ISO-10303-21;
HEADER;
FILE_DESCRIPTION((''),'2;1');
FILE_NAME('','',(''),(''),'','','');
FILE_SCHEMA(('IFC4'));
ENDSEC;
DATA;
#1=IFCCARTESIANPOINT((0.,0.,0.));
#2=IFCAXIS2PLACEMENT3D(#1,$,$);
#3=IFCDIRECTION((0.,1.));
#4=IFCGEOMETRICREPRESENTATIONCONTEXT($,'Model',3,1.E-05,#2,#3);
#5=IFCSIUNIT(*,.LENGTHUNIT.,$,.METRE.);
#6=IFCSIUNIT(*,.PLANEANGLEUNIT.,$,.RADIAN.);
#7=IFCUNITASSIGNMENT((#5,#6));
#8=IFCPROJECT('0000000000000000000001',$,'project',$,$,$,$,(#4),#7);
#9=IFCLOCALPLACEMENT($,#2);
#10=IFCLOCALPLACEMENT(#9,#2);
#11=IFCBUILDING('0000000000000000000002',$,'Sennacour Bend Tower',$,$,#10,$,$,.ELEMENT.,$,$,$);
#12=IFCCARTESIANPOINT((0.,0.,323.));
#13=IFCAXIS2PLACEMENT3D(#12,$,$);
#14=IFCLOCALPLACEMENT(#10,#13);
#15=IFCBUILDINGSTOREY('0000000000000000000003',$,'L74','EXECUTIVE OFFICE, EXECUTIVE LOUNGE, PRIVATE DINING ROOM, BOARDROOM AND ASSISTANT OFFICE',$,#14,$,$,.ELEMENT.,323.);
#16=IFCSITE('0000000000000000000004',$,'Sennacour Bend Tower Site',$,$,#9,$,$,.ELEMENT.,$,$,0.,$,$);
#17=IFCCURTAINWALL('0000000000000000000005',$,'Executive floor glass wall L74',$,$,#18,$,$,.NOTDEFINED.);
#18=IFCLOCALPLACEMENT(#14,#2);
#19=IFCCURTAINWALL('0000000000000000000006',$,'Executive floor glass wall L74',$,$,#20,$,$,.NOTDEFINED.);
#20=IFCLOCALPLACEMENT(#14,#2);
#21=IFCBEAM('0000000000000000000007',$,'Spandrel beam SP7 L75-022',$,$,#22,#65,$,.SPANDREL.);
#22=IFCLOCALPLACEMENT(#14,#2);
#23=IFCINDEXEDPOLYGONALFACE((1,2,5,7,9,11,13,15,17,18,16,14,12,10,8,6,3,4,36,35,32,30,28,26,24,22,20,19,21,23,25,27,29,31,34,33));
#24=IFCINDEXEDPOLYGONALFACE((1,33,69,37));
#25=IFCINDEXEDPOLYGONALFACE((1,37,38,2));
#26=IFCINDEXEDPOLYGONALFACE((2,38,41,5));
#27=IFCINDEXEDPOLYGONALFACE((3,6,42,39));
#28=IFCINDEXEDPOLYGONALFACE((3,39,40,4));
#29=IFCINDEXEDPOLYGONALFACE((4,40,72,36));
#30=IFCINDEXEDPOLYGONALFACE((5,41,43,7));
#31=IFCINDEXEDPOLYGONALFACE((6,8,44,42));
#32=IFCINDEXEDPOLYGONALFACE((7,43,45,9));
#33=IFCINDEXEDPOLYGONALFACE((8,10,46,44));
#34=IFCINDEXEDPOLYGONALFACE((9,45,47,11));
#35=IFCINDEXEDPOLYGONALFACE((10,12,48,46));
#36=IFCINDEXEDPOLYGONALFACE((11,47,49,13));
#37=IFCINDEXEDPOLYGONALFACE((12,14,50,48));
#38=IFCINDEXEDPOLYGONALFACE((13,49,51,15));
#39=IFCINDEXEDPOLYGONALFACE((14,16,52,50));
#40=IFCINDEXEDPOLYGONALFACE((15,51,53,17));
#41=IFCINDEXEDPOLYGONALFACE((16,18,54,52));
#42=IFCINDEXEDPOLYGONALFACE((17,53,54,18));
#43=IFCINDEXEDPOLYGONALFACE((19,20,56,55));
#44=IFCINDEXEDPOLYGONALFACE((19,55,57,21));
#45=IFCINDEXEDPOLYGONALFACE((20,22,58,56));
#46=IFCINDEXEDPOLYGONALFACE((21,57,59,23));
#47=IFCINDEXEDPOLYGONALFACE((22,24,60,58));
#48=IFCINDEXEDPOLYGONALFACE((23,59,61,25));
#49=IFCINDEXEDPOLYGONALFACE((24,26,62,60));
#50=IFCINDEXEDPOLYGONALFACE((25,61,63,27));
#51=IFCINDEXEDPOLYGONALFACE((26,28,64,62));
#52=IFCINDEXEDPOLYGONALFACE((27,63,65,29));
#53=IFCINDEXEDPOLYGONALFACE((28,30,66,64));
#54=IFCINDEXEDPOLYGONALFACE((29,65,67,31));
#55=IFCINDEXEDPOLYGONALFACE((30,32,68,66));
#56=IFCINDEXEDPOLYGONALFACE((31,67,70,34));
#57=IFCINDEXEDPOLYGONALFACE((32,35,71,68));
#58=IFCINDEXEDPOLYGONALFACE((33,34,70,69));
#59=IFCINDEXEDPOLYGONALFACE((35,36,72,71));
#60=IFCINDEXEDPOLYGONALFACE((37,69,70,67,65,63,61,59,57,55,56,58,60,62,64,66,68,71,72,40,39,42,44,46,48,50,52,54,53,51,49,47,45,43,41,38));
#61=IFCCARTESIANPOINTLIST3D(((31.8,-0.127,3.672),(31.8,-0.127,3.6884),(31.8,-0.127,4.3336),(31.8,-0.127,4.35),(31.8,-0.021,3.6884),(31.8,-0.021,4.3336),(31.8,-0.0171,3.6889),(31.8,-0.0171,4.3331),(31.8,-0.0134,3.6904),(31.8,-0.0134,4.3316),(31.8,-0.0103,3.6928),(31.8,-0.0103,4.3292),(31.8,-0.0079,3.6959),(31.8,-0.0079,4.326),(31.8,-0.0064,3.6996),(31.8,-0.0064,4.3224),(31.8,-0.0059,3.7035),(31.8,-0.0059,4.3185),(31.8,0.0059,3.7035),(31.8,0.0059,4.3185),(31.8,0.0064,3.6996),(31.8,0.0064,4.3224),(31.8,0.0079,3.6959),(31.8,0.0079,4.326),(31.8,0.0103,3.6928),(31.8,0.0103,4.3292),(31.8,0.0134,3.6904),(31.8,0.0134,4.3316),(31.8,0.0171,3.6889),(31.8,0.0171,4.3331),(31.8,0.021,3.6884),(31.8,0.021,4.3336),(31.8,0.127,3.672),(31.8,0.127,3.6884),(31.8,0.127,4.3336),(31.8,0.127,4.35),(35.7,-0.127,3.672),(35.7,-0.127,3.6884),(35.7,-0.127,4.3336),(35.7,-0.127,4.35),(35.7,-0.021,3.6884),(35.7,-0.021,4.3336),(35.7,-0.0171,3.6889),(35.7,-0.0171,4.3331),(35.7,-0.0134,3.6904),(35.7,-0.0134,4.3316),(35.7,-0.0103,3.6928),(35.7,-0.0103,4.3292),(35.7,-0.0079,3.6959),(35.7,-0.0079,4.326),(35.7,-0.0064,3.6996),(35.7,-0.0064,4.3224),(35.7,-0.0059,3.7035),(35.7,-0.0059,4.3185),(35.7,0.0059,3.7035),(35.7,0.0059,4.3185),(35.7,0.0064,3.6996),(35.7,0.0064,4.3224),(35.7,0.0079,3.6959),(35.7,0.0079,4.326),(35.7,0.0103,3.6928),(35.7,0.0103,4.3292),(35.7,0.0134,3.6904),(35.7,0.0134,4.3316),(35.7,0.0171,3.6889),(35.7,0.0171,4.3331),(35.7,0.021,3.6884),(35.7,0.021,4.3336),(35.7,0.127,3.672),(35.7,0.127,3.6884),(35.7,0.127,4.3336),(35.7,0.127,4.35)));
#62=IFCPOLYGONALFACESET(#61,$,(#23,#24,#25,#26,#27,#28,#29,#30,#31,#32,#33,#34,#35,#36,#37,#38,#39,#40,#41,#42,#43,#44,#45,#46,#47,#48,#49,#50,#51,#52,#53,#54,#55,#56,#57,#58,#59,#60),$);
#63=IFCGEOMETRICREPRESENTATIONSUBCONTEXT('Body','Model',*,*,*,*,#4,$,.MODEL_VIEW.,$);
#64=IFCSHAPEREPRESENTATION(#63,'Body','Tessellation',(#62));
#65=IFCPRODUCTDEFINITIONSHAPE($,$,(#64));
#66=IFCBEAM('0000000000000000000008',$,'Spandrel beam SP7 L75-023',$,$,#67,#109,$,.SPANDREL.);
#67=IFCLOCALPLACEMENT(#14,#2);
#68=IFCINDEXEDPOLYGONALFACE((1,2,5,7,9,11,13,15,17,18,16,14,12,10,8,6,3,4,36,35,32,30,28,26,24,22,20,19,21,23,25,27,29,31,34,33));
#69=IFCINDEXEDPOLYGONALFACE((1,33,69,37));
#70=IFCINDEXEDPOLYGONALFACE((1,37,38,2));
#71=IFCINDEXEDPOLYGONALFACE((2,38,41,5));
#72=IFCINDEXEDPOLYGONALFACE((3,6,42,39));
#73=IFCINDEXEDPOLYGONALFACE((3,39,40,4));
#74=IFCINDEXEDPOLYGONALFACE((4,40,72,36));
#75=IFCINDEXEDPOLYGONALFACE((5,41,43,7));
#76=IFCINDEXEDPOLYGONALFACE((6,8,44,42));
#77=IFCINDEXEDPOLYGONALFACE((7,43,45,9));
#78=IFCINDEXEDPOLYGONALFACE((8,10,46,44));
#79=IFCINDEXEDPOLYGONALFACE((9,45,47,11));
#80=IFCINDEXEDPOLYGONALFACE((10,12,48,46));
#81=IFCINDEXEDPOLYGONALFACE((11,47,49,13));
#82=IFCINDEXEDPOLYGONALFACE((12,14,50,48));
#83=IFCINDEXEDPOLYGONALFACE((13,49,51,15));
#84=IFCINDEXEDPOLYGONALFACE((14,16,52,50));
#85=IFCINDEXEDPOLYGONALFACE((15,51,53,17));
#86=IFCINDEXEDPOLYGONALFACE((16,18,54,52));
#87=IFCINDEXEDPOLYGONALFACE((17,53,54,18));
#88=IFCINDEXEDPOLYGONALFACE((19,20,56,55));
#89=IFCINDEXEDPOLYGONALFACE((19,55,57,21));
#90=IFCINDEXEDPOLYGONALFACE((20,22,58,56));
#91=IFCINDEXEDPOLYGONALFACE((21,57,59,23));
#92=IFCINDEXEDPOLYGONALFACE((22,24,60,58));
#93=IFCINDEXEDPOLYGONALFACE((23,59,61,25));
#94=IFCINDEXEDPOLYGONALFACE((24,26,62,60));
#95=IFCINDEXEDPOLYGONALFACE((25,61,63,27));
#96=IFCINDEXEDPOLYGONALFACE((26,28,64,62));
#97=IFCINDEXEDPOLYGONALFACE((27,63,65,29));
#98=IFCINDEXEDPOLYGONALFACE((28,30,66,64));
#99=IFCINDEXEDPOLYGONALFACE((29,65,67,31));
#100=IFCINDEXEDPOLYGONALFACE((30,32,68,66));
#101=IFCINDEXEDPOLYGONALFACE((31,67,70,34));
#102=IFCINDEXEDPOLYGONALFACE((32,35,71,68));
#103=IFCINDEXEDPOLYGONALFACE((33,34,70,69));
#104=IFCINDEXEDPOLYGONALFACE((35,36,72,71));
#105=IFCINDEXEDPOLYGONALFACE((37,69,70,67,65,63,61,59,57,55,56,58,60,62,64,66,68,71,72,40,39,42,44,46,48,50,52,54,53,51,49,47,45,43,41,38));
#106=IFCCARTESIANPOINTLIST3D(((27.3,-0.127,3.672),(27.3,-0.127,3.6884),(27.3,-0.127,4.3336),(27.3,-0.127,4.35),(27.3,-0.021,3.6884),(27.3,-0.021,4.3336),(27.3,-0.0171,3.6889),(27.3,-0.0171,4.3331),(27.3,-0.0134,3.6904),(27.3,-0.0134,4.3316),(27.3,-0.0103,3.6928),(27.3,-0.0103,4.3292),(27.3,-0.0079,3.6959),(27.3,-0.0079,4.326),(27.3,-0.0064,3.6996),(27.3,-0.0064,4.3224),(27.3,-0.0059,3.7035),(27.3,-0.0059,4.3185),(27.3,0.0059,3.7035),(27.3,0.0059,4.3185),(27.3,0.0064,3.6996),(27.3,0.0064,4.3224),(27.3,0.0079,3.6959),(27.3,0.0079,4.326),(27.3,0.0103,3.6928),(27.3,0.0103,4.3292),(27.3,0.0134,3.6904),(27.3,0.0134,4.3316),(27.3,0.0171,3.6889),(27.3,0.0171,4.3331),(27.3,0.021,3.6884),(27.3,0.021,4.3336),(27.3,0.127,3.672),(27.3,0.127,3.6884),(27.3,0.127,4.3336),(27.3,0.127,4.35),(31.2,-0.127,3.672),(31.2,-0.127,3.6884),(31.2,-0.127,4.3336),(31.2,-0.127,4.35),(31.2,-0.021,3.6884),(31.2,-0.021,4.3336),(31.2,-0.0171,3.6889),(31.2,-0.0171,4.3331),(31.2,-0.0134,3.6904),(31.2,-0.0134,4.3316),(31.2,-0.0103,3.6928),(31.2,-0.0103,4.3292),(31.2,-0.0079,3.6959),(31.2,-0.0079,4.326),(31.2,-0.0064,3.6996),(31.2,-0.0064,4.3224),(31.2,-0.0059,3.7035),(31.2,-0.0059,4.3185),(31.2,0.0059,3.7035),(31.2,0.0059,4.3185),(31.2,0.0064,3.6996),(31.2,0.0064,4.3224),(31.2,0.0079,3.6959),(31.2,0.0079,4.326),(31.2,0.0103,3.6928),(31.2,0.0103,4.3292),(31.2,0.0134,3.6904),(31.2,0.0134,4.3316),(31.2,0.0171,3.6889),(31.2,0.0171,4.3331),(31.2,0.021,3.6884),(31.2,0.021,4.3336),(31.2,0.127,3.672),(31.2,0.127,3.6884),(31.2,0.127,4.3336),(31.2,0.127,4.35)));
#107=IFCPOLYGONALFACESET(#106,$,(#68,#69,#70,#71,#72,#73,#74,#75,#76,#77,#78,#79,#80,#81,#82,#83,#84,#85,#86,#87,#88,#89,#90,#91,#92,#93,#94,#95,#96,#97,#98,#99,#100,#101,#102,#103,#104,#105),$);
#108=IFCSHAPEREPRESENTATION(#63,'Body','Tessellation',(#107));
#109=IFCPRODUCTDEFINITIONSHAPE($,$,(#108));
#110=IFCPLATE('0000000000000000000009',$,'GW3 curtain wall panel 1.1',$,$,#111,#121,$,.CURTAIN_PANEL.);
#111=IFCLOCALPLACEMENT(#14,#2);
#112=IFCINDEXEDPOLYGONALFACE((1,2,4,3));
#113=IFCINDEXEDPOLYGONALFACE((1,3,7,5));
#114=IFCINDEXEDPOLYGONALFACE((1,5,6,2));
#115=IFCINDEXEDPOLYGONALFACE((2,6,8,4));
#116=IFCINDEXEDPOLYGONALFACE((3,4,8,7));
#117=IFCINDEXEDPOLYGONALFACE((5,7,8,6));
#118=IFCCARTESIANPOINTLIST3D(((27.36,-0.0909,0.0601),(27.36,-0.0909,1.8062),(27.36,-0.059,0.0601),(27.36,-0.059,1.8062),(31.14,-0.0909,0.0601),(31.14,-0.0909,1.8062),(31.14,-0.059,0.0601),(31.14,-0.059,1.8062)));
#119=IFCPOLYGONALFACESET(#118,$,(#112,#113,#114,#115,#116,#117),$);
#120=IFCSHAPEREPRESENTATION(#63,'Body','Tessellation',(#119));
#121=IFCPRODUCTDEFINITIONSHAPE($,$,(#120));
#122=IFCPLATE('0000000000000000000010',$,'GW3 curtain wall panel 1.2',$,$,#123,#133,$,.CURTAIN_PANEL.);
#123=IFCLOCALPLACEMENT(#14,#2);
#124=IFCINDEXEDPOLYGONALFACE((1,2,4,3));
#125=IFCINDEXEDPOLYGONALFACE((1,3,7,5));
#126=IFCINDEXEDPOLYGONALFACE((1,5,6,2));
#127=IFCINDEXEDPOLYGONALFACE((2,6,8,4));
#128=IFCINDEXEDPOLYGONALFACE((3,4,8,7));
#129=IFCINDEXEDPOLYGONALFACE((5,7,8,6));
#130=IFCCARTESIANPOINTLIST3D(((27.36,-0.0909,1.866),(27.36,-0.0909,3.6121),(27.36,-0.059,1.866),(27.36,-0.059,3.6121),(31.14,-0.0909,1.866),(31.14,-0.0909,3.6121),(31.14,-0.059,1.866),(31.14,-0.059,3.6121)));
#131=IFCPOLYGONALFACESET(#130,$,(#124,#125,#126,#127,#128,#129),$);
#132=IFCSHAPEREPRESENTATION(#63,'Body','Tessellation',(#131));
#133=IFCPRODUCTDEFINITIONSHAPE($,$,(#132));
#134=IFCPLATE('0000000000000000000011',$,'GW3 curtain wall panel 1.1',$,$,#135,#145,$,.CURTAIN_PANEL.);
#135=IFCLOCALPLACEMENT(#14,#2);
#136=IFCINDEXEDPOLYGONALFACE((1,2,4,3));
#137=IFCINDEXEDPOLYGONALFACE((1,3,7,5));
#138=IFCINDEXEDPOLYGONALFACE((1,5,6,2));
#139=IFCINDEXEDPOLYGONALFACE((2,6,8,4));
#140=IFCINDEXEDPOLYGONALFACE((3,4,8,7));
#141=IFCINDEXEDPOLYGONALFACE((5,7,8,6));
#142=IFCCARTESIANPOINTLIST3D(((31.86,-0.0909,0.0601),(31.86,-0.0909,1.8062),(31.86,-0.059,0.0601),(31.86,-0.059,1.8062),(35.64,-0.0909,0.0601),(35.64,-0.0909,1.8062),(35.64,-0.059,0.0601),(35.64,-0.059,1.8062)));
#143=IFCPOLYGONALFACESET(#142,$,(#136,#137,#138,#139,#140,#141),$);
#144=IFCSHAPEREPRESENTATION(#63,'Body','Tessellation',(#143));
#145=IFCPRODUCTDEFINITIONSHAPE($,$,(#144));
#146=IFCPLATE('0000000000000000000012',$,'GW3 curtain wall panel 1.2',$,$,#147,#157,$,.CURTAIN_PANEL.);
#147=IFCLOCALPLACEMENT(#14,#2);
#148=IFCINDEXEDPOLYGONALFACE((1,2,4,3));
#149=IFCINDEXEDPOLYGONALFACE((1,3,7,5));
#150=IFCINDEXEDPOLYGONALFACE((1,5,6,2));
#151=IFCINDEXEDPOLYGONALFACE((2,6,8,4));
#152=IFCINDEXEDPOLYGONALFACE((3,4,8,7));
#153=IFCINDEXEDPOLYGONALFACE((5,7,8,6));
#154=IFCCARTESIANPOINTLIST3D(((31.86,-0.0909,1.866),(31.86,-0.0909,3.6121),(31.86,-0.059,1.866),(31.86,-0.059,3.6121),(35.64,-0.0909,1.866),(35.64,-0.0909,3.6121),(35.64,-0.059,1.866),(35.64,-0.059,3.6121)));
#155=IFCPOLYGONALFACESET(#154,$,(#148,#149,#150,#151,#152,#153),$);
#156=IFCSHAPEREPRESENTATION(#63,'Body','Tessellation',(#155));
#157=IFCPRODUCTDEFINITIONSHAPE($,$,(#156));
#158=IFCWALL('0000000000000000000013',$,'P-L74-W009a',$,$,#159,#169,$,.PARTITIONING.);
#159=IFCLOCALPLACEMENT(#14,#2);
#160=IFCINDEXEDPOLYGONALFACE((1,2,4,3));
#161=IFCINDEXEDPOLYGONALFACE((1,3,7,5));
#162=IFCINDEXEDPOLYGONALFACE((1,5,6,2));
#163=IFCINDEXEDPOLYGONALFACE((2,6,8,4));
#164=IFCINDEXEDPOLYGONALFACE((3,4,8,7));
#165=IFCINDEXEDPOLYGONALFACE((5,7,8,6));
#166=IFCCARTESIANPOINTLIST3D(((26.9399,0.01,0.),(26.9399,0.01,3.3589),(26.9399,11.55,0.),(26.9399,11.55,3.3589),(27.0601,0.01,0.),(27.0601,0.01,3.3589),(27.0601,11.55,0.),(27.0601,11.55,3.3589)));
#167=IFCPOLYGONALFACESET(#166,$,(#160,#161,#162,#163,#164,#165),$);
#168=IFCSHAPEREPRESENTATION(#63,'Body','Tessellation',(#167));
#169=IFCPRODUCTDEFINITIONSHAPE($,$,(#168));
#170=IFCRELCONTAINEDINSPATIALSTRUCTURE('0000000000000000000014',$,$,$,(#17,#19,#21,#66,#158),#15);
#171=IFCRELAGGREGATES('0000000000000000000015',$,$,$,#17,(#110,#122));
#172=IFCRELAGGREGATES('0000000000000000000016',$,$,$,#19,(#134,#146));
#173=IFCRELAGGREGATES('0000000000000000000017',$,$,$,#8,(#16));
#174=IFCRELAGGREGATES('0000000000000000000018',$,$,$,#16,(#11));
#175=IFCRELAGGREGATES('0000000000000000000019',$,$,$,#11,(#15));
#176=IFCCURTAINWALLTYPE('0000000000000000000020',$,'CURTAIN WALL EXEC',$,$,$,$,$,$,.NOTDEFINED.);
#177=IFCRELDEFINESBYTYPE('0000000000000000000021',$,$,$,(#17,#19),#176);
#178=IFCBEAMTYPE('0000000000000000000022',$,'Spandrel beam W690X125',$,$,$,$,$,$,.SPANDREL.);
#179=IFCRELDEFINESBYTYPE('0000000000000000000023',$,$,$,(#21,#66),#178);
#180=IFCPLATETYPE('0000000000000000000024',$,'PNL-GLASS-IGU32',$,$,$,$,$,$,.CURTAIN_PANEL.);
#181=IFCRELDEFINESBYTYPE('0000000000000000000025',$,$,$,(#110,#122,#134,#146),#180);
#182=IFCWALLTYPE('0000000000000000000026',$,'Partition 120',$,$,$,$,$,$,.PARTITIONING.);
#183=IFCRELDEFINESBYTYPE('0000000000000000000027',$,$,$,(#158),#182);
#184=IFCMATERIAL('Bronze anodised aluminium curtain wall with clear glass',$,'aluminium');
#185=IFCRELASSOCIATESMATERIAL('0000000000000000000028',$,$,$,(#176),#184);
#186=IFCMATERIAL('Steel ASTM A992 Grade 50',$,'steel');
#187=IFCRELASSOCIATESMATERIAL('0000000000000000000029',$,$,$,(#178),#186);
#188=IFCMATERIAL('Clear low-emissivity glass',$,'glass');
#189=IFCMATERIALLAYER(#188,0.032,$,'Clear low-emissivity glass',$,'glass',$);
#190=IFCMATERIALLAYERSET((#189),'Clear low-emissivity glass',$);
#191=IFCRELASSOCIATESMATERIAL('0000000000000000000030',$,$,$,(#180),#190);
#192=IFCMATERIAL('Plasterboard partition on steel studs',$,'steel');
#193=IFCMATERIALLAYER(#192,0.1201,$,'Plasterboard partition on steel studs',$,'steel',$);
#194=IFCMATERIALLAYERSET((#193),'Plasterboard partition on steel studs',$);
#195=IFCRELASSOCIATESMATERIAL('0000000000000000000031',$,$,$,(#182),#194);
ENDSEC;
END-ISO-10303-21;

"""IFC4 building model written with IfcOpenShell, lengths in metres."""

from ifc_helpers import new_model, si_unit, direction, frame, frame_2d, origin, origin_2d, place, context, subcontext, project, spatial, rectangle, i_section, extrude, material, layer, layer_set, material_profile, profile_set, type_object, element, aggregate, save


model = new_model("IFC4")

# Units and contexts
model_context = context("Model", 3, precision=1e-05, world=origin(), true_north=direction((0.0, 1.0)))
body_context = subcontext(model_context, "Body", "Model", "MODEL_VIEW")
ifc_project = project(units=[si_unit("LENGTHUNIT", "METRE"), si_unit("PLANEANGLEUNIT", "RADIAN")], contexts=[model_context])

# Site, building, storey
site_placement = place(None, origin())
site = spatial("IfcSite", under=ifc_project, at=site_placement, Name="Sennacour Bend Tower Site", CompositionType="ELEMENT", RefElevation=0.0)
building_placement = place(site_placement, origin())
building = spatial("IfcBuilding", under=site, at=building_placement, Name="Sennacour Bend Tower", CompositionType="ELEMENT")
storey_placement = place(building_placement, frame((0.0, 0.0, 323.0)))
storey = spatial("IfcBuildingStorey", under=building, at=storey_placement, Name="L74", Description="EXECUTIVE OFFICE, EXECUTIVE LOUNGE, PRIVATE DINING ROOM, BOARDROOM AND ASSISTANT OFFICE", CompositionType="ELEMENT", Elevation=323.0)

# Curtain walls
ifc_material_1 = material(Name="Bronze anodised aluminium curtain wall with clear glass", Category="aluminium")
curtain_wall_type = type_object("IfcCurtainWallType", Name="CURTAIN WALL EXEC", PredefinedType="NOTDEFINED", material=ifc_material_1)
curtain_wall_1_placement = place(storey_placement, origin())
curtain_wall_1 = element("IfcCurtainWall", 1, at=curtain_wall_1_placement, inside=storey, type_object=curtain_wall_type, Name="Executive floor glass wall L74", PredefinedType="NOTDEFINED")
curtain_wall_2_placement = place(storey_placement, origin())
curtain_wall_2 = element("IfcCurtainWall", 2, at=curtain_wall_2_placement, inside=storey, type_object=curtain_wall_type, Name="Executive floor glass wall L74", PredefinedType="NOTDEFINED")

# Beams
ifc_material_2 = material(Name="Steel ASTM A992 Grade 50", Category="steel")
ifc_material_profile_1 = material_profile(ifc_material_2, i_section(OverallWidth=0.2539, OverallDepth=0.678, WebThickness=0.0117, FlangeThickness=0.0164, FilletRadius=0.0151, at=origin_2d()), Name="Steel ASTM A992 Grade 50", Category="steel")
ifc_profile_set_1 = profile_set([ifc_material_profile_1], Name="Steel ASTM A992 Grade 50")
beam_type_1 = type_object("IfcBeamType", Name="Spandrel beam W690X125", PredefinedType="SPANDREL", material=ifc_profile_set_1)
for number, where, z_axis, x_axis, name in (
    (3, (35.7, 0.0, 4.011), (-1.0, 0.0, 0.0), (0.0, -1.0, 0.0), "Spandrel beam SP7 L75-022"),
    (4, (31.2, 0.0, 4.011), (-1.0, 0.0, 0.0), (0.0, -1.0, 0.0), "Spandrel beam SP7 L75-023"),
):
    element("IfcBeam", number, at=place(storey_placement, frame(where, z_axis=z_axis, x_axis=x_axis)), inside=storey, type_object=beam_type_1, Name=name, PredefinedType="SPANDREL", context=body_context, shape_type="SweptSolid", body=[
        extrude(i_section(OverallWidth=0.2539, OverallDepth=0.678, WebThickness=0.0117, FlangeThickness=0.0164, FilletRadius=0.0151, at=origin_2d()), origin(), (0.0, 0.0, 1.0), 3.8999),
    ])

# Plates
ifc_material_3 = material(Name="Clear low-emissivity glass", Category="glass")
ifc_layer_1 = layer(ifc_material_3, 0.032, Name="Clear low-emissivity glass", Category="glass")
ifc_layer_set_1 = layer_set([ifc_layer_1], Name="Clear low-emissivity glass")
plate_type = type_object("IfcPlateType", Name="PNL-GLASS-IGU32", PredefinedType="CURTAIN_PANEL", material=ifc_layer_set_1)
plate_1_placement = place(storey_placement, frame((29.25, -0.075, 0.0601), z_axis=(0.0, 0.0, 1.0), x_axis=(1.0, 0.0, 0.0)))
plate_1 = element("IfcPlate", 5, at=plate_1_placement, type_object=plate_type, Name="GW3 curtain wall panel 1.1", PredefinedType="CURTAIN_PANEL", context=body_context, shape_type="SweptSolid", body=[
    extrude(rectangle(XDim=3.78, YDim=0.032, at=origin_2d()), origin(), (0.0, 0.0, 1.0), 1.7461),
])
plate_2_placement = place(storey_placement, frame((29.25, -0.075, 1.866), z_axis=(0.0, 0.0, 1.0), x_axis=(1.0, 0.0, 0.0)))
plate_2 = element("IfcPlate", 6, at=plate_2_placement, type_object=plate_type, Name="GW3 curtain wall panel 1.2", PredefinedType="CURTAIN_PANEL", context=body_context, shape_type="SweptSolid", body=[
    extrude(rectangle(XDim=3.78, YDim=0.032, at=origin_2d()), origin(), (0.0, 0.0, 1.0), 1.7461),
])
aggregate(curtain_wall_1, [plate_1, plate_2])
plate_3_placement = place(storey_placement, frame((33.75, -0.075, 0.0601), z_axis=(0.0, 0.0, 1.0), x_axis=(1.0, 0.0, 0.0)))
plate_3 = element("IfcPlate", 7, at=plate_3_placement, type_object=plate_type, Name="GW3 curtain wall panel 1.1", PredefinedType="CURTAIN_PANEL", context=body_context, shape_type="SweptSolid", body=[
    extrude(rectangle(XDim=3.78, YDim=0.032, at=origin_2d()), origin(), (0.0, 0.0, 1.0), 1.7461),
])
plate_4_placement = place(storey_placement, frame((33.75, -0.075, 1.866), z_axis=(0.0, 0.0, 1.0), x_axis=(1.0, 0.0, 0.0)))
plate_4 = element("IfcPlate", 8, at=plate_4_placement, type_object=plate_type, Name="GW3 curtain wall panel 1.2", PredefinedType="CURTAIN_PANEL", context=body_context, shape_type="SweptSolid", body=[
    extrude(rectangle(XDim=3.78, YDim=0.032, at=origin_2d()), origin(), (0.0, 0.0, 1.0), 1.7461),
])
aggregate(curtain_wall_2, [plate_3, plate_4])

# Wall
ifc_material_4 = material(Name="Plasterboard partition on steel studs", Category="steel")
ifc_layer_2 = layer(ifc_material_4, 0.1201, Name="Plasterboard partition on steel studs", Category="steel")
ifc_layer_set_2 = layer_set([ifc_layer_2], Name="Plasterboard partition on steel studs")
wall_type = type_object("IfcWallType", Name="Partition 120", PredefinedType="PARTITIONING", material=ifc_layer_set_2)
wall_placement = place(storey_placement, frame((27.0, 0.01, 0.0), z_axis=(0.0, 0.0, 1.0), x_axis=(0.0, 1.0, 0.0)))
element("IfcWall", 9, at=wall_placement, inside=storey, type_object=wall_type, Name="P-L74-W009a", PredefinedType="PARTITIONING", context=body_context, shape_type="SweptSolid", body=[
    extrude(rectangle(XDim=11.54, YDim=0.1201, at=frame_2d((5.77, 0.0))), origin(), (0.0, 0.0, 1.0), 3.3589),
])

save(model, "model.ifc")
